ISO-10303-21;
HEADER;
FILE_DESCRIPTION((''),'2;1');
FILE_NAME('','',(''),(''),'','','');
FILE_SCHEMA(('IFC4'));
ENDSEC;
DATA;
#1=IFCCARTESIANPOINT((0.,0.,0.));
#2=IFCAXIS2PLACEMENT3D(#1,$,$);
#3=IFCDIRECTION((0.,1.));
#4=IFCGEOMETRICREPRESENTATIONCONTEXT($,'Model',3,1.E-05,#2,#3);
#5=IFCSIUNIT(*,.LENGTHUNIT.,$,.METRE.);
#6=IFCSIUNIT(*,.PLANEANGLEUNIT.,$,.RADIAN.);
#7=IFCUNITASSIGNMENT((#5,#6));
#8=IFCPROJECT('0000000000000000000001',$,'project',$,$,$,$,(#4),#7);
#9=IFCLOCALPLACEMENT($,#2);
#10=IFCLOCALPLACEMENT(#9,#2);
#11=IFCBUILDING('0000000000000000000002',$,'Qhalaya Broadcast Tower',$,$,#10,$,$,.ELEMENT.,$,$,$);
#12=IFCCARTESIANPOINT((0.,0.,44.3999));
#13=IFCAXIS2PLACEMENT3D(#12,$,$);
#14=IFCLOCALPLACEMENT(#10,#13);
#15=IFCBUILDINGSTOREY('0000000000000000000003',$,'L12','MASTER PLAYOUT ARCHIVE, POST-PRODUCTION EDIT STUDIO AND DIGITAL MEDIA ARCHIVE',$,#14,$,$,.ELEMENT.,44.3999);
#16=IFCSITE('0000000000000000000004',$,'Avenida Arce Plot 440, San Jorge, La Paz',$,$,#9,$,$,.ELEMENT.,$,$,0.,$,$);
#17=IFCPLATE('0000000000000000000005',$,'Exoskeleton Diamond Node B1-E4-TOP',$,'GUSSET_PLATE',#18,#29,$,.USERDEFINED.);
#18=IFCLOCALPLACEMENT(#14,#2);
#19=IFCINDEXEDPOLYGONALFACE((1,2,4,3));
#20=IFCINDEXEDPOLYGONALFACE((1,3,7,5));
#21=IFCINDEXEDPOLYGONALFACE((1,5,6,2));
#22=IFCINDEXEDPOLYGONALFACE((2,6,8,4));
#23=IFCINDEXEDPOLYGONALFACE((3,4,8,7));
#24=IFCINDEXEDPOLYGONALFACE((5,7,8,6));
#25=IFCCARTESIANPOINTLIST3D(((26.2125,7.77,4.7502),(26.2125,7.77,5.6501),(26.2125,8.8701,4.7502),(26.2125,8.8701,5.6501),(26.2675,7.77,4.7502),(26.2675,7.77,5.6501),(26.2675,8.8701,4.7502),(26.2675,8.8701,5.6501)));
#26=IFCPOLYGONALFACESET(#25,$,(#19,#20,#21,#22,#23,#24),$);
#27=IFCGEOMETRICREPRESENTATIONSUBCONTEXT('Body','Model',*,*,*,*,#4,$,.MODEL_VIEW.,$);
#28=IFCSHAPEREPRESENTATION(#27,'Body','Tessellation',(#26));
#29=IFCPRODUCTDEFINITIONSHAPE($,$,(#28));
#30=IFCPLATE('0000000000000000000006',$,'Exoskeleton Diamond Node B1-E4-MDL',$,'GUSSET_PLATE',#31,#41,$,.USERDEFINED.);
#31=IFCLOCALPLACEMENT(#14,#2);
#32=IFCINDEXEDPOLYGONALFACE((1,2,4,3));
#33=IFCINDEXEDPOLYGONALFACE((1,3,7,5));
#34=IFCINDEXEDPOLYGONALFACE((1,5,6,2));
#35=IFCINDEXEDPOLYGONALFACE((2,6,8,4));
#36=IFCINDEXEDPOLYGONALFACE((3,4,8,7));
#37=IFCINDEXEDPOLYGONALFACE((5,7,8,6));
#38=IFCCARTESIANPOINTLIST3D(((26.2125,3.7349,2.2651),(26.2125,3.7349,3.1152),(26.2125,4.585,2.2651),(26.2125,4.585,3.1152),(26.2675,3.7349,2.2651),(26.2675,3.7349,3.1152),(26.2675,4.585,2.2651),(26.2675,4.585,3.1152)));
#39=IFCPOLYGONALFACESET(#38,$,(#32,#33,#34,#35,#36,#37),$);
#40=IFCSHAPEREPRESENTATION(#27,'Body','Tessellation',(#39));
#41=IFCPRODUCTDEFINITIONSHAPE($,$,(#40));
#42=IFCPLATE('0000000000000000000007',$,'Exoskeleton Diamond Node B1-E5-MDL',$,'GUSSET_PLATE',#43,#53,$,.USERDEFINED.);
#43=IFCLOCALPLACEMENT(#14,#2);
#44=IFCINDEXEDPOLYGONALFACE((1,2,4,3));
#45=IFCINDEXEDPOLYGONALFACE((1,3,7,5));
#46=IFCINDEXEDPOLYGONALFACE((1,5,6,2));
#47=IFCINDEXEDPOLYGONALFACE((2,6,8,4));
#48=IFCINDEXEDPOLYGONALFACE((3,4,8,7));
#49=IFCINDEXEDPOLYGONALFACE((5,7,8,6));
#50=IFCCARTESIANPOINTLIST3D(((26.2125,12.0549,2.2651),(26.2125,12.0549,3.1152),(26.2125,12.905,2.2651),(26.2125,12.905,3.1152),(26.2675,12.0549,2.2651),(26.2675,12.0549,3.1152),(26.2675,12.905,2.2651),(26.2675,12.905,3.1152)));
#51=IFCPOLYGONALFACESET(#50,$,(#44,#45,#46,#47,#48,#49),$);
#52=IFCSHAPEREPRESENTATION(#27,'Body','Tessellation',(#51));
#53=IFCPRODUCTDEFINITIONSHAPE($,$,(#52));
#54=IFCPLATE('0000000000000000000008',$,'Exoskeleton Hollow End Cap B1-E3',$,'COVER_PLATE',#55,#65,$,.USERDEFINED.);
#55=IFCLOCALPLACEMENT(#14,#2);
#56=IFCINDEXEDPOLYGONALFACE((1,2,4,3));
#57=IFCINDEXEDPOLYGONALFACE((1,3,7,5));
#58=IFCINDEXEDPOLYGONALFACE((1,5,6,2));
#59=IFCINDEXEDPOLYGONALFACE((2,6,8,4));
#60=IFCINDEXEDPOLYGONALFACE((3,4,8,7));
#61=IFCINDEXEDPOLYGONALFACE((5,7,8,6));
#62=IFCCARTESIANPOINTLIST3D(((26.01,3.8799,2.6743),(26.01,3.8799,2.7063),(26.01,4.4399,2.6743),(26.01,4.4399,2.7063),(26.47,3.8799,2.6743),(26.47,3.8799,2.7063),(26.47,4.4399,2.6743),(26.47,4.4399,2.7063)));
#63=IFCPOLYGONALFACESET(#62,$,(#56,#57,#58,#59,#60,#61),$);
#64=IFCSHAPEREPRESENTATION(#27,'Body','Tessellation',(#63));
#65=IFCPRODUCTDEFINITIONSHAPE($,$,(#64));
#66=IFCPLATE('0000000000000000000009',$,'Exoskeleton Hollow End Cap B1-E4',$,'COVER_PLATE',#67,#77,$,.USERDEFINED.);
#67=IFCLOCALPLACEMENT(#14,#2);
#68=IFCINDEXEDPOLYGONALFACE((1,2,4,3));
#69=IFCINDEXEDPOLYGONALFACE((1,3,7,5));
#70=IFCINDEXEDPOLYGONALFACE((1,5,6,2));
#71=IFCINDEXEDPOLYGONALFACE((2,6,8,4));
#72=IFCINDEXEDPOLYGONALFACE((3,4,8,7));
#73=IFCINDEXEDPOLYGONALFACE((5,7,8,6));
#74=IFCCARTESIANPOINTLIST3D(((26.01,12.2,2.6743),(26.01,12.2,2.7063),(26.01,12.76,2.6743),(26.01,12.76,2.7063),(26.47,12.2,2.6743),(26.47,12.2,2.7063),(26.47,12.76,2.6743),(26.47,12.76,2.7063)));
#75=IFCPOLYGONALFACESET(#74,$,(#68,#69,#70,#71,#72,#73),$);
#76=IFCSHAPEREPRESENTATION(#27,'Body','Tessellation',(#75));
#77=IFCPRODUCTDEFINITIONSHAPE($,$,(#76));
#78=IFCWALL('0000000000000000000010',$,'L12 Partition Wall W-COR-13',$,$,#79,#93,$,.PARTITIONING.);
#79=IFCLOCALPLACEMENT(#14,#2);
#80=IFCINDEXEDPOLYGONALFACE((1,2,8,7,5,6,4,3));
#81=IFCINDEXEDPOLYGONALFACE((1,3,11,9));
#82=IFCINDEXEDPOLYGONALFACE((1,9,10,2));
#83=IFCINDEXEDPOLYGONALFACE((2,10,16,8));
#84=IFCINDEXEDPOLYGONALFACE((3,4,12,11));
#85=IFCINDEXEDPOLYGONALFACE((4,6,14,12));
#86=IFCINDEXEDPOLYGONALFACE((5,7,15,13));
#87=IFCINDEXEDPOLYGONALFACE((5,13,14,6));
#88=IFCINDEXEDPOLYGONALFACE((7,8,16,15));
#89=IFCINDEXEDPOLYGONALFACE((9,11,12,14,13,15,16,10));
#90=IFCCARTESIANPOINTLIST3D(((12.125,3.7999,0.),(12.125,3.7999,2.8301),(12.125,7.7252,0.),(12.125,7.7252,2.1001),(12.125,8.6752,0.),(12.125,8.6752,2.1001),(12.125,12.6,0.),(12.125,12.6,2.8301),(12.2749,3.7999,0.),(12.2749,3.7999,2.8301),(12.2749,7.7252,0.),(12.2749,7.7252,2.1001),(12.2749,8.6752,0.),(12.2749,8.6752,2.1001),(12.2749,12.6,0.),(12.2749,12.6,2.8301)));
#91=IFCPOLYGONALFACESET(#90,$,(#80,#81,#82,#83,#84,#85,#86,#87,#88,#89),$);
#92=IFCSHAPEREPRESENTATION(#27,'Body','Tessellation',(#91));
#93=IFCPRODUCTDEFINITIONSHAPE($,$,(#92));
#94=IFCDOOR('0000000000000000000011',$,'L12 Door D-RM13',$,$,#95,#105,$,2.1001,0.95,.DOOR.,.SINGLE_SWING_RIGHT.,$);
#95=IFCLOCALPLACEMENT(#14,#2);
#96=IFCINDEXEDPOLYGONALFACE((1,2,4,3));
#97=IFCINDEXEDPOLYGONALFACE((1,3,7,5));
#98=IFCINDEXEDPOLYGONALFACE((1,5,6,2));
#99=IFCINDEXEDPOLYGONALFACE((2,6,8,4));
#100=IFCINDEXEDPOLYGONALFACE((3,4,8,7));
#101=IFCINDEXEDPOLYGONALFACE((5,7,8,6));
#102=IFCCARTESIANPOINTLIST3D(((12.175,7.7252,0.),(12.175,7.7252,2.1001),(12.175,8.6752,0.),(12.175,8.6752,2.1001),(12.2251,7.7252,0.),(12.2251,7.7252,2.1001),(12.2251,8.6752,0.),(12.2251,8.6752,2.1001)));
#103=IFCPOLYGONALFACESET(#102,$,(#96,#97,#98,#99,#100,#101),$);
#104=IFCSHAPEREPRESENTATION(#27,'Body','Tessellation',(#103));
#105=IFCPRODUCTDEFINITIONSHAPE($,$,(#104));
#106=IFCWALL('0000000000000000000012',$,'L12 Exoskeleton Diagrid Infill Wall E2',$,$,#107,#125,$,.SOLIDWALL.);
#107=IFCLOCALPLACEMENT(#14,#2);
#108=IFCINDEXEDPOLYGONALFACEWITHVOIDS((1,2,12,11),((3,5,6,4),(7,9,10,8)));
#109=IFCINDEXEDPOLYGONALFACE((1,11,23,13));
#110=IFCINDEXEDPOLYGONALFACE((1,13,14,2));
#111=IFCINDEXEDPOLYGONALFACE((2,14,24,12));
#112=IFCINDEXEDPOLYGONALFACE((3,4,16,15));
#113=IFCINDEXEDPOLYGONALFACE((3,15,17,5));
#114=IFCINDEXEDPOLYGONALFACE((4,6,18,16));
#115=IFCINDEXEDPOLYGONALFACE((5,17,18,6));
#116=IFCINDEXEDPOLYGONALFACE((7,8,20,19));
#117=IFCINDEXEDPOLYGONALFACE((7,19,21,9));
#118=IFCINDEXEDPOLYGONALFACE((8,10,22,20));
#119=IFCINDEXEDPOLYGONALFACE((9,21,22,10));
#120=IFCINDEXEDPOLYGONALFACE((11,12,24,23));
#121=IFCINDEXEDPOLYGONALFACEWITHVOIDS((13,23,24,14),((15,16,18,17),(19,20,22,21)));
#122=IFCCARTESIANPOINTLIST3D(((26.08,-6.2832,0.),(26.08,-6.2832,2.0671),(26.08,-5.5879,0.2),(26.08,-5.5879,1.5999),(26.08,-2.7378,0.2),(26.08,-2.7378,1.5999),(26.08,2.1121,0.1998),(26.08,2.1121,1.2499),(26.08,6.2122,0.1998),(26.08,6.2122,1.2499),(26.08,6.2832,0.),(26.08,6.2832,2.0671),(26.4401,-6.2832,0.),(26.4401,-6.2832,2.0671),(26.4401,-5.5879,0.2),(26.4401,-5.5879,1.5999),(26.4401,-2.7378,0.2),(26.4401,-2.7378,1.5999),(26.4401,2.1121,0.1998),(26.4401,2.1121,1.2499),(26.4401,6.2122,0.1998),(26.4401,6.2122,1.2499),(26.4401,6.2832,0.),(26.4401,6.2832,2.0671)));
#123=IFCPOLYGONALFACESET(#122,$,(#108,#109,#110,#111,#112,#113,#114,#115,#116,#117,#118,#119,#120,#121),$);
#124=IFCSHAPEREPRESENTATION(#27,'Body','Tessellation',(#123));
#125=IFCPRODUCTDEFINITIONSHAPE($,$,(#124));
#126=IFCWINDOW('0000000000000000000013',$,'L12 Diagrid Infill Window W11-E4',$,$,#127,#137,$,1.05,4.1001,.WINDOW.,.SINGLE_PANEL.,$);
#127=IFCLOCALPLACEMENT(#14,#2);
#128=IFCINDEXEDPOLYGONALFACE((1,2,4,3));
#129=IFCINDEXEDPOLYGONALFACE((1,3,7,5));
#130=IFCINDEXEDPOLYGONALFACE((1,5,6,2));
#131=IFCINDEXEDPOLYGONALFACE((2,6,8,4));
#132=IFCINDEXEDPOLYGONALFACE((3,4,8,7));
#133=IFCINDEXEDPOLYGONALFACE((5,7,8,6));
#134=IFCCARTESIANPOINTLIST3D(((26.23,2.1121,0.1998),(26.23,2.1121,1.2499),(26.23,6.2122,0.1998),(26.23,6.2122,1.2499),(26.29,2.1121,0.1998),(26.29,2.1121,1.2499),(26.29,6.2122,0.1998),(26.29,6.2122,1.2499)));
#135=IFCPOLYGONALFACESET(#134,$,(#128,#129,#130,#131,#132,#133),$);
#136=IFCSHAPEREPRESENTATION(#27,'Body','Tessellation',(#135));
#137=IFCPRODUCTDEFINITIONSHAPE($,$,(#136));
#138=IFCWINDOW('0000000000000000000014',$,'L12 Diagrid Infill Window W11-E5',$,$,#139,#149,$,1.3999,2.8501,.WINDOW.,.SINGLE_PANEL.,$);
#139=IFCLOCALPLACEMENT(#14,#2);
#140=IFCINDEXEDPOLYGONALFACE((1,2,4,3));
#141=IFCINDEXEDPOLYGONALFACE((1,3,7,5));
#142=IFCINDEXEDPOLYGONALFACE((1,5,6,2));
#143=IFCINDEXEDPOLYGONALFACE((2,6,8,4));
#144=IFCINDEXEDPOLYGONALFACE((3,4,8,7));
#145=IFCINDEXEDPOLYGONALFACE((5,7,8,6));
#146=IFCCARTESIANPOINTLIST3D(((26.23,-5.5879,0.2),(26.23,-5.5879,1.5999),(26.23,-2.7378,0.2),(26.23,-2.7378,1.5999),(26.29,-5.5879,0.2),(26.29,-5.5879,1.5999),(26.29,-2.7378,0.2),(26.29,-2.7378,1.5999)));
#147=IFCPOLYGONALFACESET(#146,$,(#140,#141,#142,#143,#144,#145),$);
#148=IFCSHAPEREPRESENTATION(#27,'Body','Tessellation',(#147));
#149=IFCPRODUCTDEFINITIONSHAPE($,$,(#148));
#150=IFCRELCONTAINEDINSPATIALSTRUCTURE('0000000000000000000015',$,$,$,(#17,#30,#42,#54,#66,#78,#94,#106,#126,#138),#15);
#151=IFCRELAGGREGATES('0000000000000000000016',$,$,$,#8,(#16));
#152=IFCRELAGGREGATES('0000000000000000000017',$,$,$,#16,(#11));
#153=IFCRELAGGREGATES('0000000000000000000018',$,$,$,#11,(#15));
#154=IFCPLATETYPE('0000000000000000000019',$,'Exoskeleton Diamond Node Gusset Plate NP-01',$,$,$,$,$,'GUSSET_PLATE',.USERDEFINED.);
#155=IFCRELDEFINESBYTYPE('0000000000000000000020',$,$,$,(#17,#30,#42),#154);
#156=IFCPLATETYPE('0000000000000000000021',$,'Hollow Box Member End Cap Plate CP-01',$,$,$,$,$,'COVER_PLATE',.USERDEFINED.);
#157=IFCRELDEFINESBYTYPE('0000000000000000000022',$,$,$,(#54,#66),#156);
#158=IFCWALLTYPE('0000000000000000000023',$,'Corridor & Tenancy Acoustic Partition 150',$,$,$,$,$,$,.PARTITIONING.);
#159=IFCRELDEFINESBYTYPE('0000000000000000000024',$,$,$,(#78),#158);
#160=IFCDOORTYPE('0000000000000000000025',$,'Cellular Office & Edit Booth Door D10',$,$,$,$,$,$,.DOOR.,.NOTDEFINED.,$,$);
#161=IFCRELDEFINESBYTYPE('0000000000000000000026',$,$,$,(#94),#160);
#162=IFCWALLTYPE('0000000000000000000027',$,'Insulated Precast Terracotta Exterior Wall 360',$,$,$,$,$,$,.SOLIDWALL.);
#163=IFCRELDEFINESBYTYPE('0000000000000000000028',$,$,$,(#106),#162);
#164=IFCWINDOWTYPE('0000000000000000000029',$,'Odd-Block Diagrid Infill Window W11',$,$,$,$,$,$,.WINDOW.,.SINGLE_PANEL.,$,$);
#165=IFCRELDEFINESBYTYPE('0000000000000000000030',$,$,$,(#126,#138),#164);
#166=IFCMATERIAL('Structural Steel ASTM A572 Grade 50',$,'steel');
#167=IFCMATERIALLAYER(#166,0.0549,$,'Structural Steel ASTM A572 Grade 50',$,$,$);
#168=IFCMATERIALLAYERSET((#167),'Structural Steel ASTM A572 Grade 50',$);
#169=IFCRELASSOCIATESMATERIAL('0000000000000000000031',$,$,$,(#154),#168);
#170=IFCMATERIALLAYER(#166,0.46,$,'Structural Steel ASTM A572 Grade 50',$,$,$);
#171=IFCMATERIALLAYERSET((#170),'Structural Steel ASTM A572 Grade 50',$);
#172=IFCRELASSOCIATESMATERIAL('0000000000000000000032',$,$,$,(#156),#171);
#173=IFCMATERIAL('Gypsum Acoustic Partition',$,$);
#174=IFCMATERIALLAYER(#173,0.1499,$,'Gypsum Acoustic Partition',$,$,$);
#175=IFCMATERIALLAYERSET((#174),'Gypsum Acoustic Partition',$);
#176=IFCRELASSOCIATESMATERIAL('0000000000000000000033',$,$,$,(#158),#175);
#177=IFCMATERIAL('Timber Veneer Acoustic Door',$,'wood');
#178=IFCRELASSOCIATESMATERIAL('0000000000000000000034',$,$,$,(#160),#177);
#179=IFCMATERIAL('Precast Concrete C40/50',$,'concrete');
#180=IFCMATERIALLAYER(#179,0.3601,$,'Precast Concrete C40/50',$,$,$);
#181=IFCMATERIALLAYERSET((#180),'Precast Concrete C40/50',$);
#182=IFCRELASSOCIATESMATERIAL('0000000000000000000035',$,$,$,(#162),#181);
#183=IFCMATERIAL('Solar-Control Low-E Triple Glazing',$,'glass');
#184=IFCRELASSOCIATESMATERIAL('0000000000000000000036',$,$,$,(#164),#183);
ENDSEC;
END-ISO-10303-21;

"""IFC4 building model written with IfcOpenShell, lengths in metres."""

from ifc_helpers import new_model, si_unit, direction, frame, frame_2d, origin, origin_2d, place, context, subcontext, project, spatial, rectangle, extrude, material, layer, layer_set, type_object, element, fill, save


model = new_model("IFC4")

# Units and contexts
model_context = context("Model", 3, precision=1e-05, world=origin(), true_north=direction((0.0, 1.0)))
body_context = subcontext(model_context, "Body", "Model", "MODEL_VIEW")
ifc_project = project(units=[si_unit("LENGTHUNIT", "METRE"), si_unit("PLANEANGLEUNIT", "RADIAN")], contexts=[model_context])

# Site, building, storey
site_placement = place(None, origin())
site = spatial("IfcSite", under=ifc_project, at=site_placement, Name="Avenida Arce Plot 440, San Jorge, La Paz", CompositionType="ELEMENT", RefElevation=0.0)
building_placement = place(site_placement, origin())
building = spatial("IfcBuilding", under=site, at=building_placement, Name="Qhalaya Broadcast Tower", CompositionType="ELEMENT")
storey_placement = place(building_placement, frame((0.0, 0.0, 44.3999)))
storey = spatial("IfcBuildingStorey", under=building, at=storey_placement, Name="L12", Description="MASTER PLAYOUT ARCHIVE, POST-PRODUCTION EDIT STUDIO AND DIGITAL MEDIA ARCHIVE", CompositionType="ELEMENT", Elevation=44.3999)

# Shared definitions
ifc_material_1 = material(Name="Structural Steel ASTM A572 Grade 50", Category="steel")

# Plates
ifc_layer_1 = layer(ifc_material_1, 0.0549, Name="Structural Steel ASTM A572 Grade 50")
ifc_layer_set_1 = layer_set([ifc_layer_1], Name="Structural Steel ASTM A572 Grade 50")
plate_type_1 = type_object("IfcPlateType", Name="Exoskeleton Diamond Node Gusset Plate NP-01", ElementType="GUSSET_PLATE", PredefinedType="USERDEFINED", material=ifc_layer_set_1)
for number, where, z_axis, x_axis, name in (
    (1, (26.24, 8.3201, 4.7502), (0.0, 0.0, 1.0), (0.0, 1.0, 0.0), "Exoskeleton Diamond Node B1-E4-TOP"),
):
    element("IfcPlate", number, at=place(storey_placement, frame(where, z_axis=z_axis, x_axis=x_axis)), inside=storey, type_object=plate_type_1, Name=name, ObjectType="GUSSET_PLATE", PredefinedType="USERDEFINED", context=body_context, shape_type="SweptSolid", body=[
        extrude(rectangle(XDim=1.1001, YDim=0.0549, at=origin_2d()), origin(), (0.0, 0.0, 1.0), 0.8999),
    ])
for number, where, z_axis, x_axis, name in (
    (2, (26.24, 4.1599, 2.2651), (0.0, 0.0, 1.0), (0.0, 1.0, 0.0), "Exoskeleton Diamond Node B1-E4-MDL"),
    (3, (26.24, 12.48, 2.2651), (0.0, 0.0, 1.0), (0.0, 1.0, 0.0), "Exoskeleton Diamond Node B1-E5-MDL"),
):
    element("IfcPlate", number, at=place(storey_placement, frame(where, z_axis=z_axis, x_axis=x_axis)), inside=storey, type_object=plate_type_1, Name=name, ObjectType="GUSSET_PLATE", PredefinedType="USERDEFINED", context=body_context, shape_type="SweptSolid", body=[
        extrude(rectangle(XDim=0.8501, YDim=0.0549, at=origin_2d()), origin(), (0.0, 0.0, 1.0), 0.8501),
    ])
ifc_layer_2 = layer(ifc_material_1, 0.46, Name="Structural Steel ASTM A572 Grade 50")
ifc_layer_set_2 = layer_set([ifc_layer_2], Name="Structural Steel ASTM A572 Grade 50")
plate_type_2 = type_object("IfcPlateType", Name="Hollow Box Member End Cap Plate CP-01", ElementType="COVER_PLATE", PredefinedType="USERDEFINED", material=ifc_layer_set_2)
for number, where, z_axis, x_axis, name in (
    (4, (26.24, 4.1599, 2.6743), (0.0, 0.0, 1.0), (0.0, 1.0, 0.0), "Exoskeleton Hollow End Cap B1-E3"),
    (5, (26.24, 12.48, 2.6743), (0.0, 0.0, 1.0), (0.0, 1.0, 0.0), "Exoskeleton Hollow End Cap B1-E4"),
):
    element("IfcPlate", number, at=place(storey_placement, frame(where, z_axis=z_axis, x_axis=x_axis)), inside=storey, type_object=plate_type_2, Name=name, ObjectType="COVER_PLATE", PredefinedType="USERDEFINED", context=body_context, shape_type="SweptSolid", body=[
        extrude(rectangle(XDim=0.5601, YDim=0.46, at=origin_2d()), origin(), (0.0, 0.0, 1.0), 0.032),
    ])

# Wall, opening, door
ifc_material_2 = material(Name="Gypsum Acoustic Partition")
ifc_layer_3 = layer(ifc_material_2, 0.1499, Name="Gypsum Acoustic Partition")
ifc_layer_set_3 = layer_set([ifc_layer_3], Name="Gypsum Acoustic Partition")
wall_type_1 = type_object("IfcWallType", Name="Corridor & Tenancy Acoustic Partition 150", PredefinedType="PARTITIONING", material=ifc_layer_set_3)
wall_1_placement = place(storey_placement, frame((12.2, 3.8, 0.0), z_axis=(0.0, 0.0, 1.0), x_axis=(0.0, 1.0, 0.0)))
wall_1 = element("IfcWall", 6, at=wall_1_placement, inside=storey, type_object=wall_type_1, Name="L12 Partition Wall W-COR-13", PredefinedType="PARTITIONING", context=body_context, shape_type="SweptSolid", body=[
    extrude(rectangle(XDim=8.8, YDim=0.1499, at=frame_2d((4.3999, 0.0))), origin(), (0.0, 0.0, 1.0), 2.8301),
])
opening_1_placement = place(wall_1_placement, frame((3.925, 0.0, 0.0)))
opening_1 = element("IfcOpeningElement", 7, at=opening_1_placement, cuts=wall_1, PredefinedType="OPENING", context=body_context, shape_type="SweptSolid", body=[
    extrude(rectangle(XDim=0.95, YDim=2.1001, at=frame_2d((0.4751, 1.05))), frame((0.0, 0.0869, 0.0), z_axis=(0.0, -1.0, 0.0), x_axis=(1.0, 0.0, 0.0)), (0.0, 0.0, 1.0), 0.1738),
])
ifc_material_3 = material(Name="Timber Veneer Acoustic Door", Category="wood")
door_type_1 = type_object("IfcDoorType", Name="Cellular Office & Edit Booth Door D10", OperationType="NOTDEFINED", PredefinedType="DOOR", material=ifc_material_3)
door_1_placement = place(opening_1_placement, origin())
door_1 = element("IfcDoor", 8, at=door_1_placement, inside=storey, type_object=door_type_1, Name="L12 Door D-RM13", OperationType="SINGLE_SWING_RIGHT", OverallHeight=2.1001, OverallWidth=0.95, PredefinedType="DOOR", context=body_context, shape_type="SweptSolid", body=[
    extrude(rectangle(XDim=0.95, YDim=2.1001, at=frame_2d((0.4751, 1.05))), frame((0.0, 0.0249, 0.0), z_axis=(0.0, -1.0, 0.0), x_axis=(1.0, 0.0, 0.0)), (0.0, 0.0, 1.0), 0.05),
])
fill(opening_1, door_1)

# Wall, openings, windows
ifc_material_4 = material(Name="Precast Concrete C40/50", Category="concrete")
ifc_layer_4 = layer(ifc_material_4, 0.3601, Name="Precast Concrete C40/50")
ifc_layer_set_4 = layer_set([ifc_layer_4], Name="Precast Concrete C40/50")
wall_type_2 = type_object("IfcWallType", Name="Insulated Precast Terracotta Exterior Wall 360", PredefinedType="SOLIDWALL", material=ifc_layer_set_4)
wall_2_placement = place(storey_placement, frame((26.26, 6.2832, 0.0), z_axis=(0.0, 0.0, 1.0), x_axis=(0.0, -1.0, 0.0)))
wall_2 = element("IfcWall", 9, at=wall_2_placement, inside=storey, type_object=wall_type_2, Name="L12 Exoskeleton Diagrid Infill Wall E2", PredefinedType="SOLIDWALL", context=body_context, shape_type="SweptSolid", body=[
    extrude(rectangle(XDim=12.5664, YDim=0.3601, at=frame_2d((6.2832, 0.0))), origin(), (0.0, 0.0, 1.0), 2.0671),
])
opening_2_placement = place(wall_2_placement, frame((0.071, 0.0, 0.2)))
opening_2 = element("IfcOpeningElement", 10, at=opening_2_placement, cuts=wall_2, PredefinedType="OPENING", context=body_context, shape_type="SweptSolid", body=[
    extrude(rectangle(XDim=4.1001, YDim=1.05, at=frame_2d((2.05, 0.5249))), frame((0.0, 0.1921, 0.0), z_axis=(0.0, -1.0, 0.0), x_axis=(1.0, 0.0, 0.0)), (0.0, 0.0, 1.0), 0.384),
])
opening_3_placement = place(wall_2_placement, frame((9.021, 0.0, 0.2)))
opening_3 = element("IfcOpeningElement", 11, at=opening_3_placement, cuts=wall_2, PredefinedType="OPENING", context=body_context, shape_type="SweptSolid", body=[
    extrude(rectangle(XDim=2.8501, YDim=1.3999, at=frame_2d((1.425, 0.7))), frame((0.0, 0.1921, 0.0), z_axis=(0.0, -1.0, 0.0), x_axis=(1.0, 0.0, 0.0)), (0.0, 0.0, 1.0), 0.384),
])
ifc_material_5 = material(Name="Solar-Control Low-E Triple Glazing", Category="glass")
window_type = type_object("IfcWindowType", Name="Odd-Block Diagrid Infill Window W11", PartitioningType="SINGLE_PANEL", PredefinedType="WINDOW", material=ifc_material_5)
window_1_placement = place(opening_2_placement, origin())
window_1 = element("IfcWindow", 12, at=window_1_placement, inside=storey, type_object=window_type, Name="L12 Diagrid Infill Window W11-E4", OverallHeight=1.05, OverallWidth=4.1001, PartitioningType="SINGLE_PANEL", PredefinedType="WINDOW", context=body_context, shape_type="SweptSolid", body=[
    extrude(rectangle(XDim=4.1001, YDim=1.05, at=frame_2d((2.05, 0.5249))), frame((0.0, 0.03, 0.0), z_axis=(0.0, -1.0, 0.0), x_axis=(1.0, 0.0, 0.0)), (0.0, 0.0, 1.0), 0.0601),
])
fill(opening_2, window_1)
window_2_placement = place(opening_3_placement, origin())
window_2 = element("IfcWindow", 13, at=window_2_placement, inside=storey, type_object=window_type, Name="L12 Diagrid Infill Window W11-E5", OverallHeight=1.3999, OverallWidth=2.8501, PartitioningType="SINGLE_PANEL", PredefinedType="WINDOW", context=body_context, shape_type="SweptSolid", body=[
    extrude(rectangle(XDim=2.8501, YDim=1.3999, at=frame_2d((1.425, 0.7))), frame((0.0, 0.03, 0.0), z_axis=(0.0, -1.0, 0.0), x_axis=(1.0, 0.0, 0.0)), (0.0, 0.0, 1.0), 0.0601),
])
fill(opening_3, window_2)

save(model, "model.ifc")
